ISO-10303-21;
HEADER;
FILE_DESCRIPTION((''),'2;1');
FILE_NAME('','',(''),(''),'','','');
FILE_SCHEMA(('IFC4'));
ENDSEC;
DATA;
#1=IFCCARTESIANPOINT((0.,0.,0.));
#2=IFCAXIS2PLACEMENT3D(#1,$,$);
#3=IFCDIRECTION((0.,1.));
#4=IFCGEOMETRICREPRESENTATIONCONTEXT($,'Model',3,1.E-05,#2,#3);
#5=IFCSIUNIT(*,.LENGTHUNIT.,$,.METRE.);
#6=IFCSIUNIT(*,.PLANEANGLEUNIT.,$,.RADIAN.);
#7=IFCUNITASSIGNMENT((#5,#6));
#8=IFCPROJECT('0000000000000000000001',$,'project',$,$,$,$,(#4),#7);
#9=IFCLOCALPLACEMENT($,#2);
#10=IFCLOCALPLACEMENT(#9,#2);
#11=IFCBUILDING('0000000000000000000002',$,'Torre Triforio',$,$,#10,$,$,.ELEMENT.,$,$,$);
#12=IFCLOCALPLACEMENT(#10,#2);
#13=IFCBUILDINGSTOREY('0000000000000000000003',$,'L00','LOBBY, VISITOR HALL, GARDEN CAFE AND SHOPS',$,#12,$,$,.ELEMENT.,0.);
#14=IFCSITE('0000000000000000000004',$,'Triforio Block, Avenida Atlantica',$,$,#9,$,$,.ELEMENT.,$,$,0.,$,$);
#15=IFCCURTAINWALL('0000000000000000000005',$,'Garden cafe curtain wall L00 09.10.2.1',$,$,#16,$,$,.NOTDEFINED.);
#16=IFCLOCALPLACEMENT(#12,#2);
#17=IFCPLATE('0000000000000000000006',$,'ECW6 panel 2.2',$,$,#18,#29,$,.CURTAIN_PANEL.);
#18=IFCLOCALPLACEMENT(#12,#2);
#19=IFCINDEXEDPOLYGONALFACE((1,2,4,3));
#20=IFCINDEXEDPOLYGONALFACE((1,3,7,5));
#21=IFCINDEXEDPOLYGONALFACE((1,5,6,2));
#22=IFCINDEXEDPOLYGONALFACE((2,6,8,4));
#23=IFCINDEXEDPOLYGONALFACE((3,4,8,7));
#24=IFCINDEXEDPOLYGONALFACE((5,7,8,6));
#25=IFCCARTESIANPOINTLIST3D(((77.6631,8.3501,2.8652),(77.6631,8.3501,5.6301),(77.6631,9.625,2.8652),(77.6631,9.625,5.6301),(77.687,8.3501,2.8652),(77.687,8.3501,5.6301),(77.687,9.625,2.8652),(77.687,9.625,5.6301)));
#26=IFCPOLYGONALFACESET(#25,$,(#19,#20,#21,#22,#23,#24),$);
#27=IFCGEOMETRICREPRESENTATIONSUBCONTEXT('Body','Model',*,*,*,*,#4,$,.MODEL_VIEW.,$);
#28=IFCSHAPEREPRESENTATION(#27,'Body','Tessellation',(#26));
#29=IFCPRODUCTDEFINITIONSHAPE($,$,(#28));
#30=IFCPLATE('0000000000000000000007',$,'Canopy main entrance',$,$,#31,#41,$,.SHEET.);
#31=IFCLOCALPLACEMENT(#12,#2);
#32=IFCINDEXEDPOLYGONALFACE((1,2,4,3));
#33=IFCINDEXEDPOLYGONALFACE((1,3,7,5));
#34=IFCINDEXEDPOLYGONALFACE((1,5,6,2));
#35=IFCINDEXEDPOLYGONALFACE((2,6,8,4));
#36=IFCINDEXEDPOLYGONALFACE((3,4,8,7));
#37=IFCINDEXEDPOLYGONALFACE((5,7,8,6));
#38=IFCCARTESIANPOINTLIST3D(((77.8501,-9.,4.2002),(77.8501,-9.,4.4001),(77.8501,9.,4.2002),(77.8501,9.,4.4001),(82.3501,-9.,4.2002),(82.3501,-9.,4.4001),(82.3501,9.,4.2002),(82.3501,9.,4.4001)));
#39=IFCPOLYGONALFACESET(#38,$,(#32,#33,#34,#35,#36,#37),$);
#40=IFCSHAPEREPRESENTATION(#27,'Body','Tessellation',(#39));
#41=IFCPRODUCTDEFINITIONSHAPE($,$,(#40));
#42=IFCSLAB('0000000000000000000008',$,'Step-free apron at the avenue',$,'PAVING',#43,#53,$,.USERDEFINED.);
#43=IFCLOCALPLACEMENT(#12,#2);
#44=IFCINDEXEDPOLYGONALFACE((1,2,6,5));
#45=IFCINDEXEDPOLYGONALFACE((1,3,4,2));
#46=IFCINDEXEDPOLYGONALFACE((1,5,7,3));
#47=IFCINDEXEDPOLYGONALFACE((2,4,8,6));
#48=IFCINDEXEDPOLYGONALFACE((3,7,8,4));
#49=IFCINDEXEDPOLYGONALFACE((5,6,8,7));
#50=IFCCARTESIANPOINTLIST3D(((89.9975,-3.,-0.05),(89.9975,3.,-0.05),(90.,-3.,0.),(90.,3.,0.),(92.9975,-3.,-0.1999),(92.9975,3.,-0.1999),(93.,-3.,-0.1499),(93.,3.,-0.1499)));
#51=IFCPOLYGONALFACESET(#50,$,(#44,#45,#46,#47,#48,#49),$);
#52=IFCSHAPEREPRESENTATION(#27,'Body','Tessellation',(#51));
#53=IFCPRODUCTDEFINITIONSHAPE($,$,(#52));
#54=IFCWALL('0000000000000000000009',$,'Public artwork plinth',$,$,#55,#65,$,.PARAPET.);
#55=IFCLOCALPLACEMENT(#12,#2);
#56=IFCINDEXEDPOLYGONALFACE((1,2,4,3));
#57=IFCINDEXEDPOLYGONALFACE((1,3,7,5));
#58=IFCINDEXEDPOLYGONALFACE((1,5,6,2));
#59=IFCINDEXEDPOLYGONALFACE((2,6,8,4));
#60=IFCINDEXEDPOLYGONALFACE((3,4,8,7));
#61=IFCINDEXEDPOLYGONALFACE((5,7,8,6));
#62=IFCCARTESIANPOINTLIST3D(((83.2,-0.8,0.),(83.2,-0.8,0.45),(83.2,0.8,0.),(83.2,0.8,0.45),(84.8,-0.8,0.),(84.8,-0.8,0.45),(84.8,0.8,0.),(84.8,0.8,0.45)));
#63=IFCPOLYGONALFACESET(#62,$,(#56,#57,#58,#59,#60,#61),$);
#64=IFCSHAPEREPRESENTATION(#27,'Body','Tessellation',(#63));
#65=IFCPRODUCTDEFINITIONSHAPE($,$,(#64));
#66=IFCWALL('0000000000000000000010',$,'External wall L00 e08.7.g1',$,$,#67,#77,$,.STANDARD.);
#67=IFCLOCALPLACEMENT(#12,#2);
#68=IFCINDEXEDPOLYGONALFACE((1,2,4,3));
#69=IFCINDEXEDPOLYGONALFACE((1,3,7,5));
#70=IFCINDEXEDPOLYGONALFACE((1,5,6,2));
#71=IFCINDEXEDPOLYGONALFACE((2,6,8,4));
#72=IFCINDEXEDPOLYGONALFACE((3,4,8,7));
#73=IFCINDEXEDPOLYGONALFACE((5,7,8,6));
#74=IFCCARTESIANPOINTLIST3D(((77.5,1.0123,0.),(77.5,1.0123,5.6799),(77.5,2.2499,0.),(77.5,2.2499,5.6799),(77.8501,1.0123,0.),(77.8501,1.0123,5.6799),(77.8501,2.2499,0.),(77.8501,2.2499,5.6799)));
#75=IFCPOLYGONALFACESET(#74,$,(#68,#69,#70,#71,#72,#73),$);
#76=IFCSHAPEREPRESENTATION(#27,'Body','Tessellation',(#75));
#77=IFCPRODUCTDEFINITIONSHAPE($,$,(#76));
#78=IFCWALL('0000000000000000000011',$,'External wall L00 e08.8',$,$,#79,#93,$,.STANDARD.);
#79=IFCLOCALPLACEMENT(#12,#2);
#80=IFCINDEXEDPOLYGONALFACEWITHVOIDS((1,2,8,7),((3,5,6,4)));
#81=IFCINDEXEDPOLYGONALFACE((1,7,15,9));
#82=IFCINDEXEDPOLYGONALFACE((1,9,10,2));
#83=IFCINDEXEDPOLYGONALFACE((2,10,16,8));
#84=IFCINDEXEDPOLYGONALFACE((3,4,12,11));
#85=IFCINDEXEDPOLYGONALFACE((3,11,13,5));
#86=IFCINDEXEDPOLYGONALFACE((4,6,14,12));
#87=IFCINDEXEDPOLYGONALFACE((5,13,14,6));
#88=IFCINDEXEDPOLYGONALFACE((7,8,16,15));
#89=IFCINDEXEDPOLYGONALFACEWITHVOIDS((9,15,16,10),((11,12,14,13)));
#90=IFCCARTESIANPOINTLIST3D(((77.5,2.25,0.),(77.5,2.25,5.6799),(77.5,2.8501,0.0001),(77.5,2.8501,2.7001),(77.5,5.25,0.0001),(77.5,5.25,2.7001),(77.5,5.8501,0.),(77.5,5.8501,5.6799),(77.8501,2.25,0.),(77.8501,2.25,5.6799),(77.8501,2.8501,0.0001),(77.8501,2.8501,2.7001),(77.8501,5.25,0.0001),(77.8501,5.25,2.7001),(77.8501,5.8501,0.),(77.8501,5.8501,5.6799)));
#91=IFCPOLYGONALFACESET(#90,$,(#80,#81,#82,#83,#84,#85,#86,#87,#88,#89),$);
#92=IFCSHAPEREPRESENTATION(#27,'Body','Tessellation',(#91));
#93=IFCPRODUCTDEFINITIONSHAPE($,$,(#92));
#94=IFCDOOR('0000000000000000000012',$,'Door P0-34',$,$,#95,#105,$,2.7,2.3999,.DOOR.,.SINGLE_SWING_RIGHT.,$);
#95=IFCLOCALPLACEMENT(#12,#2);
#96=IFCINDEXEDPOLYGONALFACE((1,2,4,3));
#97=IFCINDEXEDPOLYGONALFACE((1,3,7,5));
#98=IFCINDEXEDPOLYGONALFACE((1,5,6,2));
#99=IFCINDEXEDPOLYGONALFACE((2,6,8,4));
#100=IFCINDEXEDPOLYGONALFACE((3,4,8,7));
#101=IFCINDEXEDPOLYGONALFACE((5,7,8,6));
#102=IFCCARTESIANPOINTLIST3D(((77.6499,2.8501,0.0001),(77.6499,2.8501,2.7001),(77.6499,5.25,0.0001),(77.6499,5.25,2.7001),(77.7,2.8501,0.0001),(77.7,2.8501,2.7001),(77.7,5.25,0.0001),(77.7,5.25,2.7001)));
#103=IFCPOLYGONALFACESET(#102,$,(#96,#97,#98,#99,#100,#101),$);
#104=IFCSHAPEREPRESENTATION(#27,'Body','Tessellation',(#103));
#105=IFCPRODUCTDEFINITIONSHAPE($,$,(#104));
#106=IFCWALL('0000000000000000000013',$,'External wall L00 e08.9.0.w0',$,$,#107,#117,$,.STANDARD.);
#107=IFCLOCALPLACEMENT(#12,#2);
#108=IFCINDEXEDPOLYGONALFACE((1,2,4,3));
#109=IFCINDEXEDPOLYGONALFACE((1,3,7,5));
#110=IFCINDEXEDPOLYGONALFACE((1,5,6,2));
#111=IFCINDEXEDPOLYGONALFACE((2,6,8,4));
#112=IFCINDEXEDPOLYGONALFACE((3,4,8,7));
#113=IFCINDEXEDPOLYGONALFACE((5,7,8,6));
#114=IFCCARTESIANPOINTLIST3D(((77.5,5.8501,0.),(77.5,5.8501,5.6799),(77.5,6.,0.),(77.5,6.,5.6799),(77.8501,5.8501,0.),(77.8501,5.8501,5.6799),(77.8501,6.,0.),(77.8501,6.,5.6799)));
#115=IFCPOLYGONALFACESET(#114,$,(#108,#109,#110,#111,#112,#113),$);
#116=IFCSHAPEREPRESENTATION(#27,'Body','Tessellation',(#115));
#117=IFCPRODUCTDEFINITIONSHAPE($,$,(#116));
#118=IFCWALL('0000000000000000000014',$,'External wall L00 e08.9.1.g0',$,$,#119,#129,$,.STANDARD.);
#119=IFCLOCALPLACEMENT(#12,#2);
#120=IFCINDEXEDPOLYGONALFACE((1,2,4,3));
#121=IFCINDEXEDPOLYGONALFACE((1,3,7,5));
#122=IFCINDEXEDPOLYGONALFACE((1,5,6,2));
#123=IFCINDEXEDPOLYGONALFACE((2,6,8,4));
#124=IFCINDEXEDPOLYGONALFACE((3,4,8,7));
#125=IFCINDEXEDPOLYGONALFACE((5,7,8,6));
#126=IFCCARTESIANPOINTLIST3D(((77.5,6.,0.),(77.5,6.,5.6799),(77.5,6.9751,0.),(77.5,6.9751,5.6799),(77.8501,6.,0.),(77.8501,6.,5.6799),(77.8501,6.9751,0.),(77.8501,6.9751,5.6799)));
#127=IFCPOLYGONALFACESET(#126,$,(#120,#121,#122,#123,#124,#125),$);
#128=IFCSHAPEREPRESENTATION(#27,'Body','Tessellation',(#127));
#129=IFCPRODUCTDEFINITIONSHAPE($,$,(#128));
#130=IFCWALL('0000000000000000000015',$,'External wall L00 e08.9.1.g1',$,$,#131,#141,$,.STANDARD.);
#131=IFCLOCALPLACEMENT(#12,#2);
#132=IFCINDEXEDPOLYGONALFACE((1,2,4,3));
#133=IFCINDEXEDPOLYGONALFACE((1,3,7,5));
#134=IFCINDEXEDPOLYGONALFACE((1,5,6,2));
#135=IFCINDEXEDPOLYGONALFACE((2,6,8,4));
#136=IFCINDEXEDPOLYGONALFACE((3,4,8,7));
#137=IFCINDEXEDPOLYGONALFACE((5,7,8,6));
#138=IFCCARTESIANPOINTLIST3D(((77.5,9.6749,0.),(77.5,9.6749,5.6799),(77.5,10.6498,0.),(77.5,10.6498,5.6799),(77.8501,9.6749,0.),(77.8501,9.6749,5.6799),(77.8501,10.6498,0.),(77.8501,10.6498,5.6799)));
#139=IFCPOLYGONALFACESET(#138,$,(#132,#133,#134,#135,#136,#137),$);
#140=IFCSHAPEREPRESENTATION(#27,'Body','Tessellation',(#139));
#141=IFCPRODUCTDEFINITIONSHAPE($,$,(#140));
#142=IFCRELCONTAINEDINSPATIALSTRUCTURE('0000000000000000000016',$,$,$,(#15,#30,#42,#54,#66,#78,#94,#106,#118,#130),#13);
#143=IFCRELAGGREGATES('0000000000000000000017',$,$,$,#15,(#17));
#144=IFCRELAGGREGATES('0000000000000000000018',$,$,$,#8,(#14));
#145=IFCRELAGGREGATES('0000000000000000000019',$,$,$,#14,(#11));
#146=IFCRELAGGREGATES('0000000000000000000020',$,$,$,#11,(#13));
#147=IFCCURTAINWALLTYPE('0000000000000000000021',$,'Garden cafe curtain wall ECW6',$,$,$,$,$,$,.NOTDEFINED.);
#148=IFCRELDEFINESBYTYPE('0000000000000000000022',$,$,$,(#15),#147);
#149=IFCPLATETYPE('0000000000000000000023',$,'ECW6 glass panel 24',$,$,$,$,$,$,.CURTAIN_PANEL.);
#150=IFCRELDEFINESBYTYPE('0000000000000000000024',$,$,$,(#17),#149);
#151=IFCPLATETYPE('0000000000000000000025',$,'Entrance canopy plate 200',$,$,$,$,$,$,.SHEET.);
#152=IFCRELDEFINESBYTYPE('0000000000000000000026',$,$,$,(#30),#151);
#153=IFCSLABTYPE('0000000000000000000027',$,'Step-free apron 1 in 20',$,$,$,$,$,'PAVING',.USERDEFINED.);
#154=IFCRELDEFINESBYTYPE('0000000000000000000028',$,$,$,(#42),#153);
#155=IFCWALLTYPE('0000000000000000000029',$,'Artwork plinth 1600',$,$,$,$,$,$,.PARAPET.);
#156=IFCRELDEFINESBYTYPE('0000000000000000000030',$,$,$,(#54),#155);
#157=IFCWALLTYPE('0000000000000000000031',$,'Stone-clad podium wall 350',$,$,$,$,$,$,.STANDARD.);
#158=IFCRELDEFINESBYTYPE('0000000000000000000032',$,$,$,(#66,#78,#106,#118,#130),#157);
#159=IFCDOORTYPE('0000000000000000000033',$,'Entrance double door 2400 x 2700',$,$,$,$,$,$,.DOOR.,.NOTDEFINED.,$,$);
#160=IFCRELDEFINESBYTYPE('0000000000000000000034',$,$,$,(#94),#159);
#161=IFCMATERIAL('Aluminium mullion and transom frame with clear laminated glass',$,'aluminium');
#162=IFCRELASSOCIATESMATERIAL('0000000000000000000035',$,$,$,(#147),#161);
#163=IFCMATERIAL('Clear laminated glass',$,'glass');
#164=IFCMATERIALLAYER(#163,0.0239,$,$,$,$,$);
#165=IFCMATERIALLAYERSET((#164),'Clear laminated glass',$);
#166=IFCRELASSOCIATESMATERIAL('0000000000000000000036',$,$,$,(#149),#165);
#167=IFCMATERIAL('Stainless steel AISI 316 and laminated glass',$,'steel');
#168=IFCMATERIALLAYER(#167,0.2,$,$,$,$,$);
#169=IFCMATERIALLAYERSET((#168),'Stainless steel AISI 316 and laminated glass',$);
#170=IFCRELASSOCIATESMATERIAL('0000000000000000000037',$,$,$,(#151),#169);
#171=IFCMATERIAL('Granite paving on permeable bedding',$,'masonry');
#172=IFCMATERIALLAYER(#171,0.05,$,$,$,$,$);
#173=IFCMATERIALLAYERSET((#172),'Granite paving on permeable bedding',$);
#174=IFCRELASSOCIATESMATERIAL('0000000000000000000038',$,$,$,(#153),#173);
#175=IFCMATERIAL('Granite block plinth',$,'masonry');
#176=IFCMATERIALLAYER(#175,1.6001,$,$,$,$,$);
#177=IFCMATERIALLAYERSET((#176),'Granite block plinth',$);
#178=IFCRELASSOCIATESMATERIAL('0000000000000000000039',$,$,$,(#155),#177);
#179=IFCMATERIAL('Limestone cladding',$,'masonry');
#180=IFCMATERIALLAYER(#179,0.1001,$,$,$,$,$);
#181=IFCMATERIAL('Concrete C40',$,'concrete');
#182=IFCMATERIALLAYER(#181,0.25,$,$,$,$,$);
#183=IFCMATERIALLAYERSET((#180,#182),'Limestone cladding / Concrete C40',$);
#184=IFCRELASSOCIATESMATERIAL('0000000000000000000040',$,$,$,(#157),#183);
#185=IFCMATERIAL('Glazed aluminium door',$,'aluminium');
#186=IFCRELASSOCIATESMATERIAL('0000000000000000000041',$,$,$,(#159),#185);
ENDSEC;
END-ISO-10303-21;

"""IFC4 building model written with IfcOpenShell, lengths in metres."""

from ifc_helpers import new_model, si_unit, direction, frame, frame_2d, origin, origin_2d, place, context, subcontext, project, spatial, polyline, rectangle, outline, extrude, material, layer, layer_set, type_object, element, fill, aggregate, save


model = new_model("IFC4")

# Units and contexts
model_context = context("Model", 3, precision=1e-05, world=origin(), true_north=direction((0.0, 1.0)))
body_context = subcontext(model_context, "Body", "Model", "MODEL_VIEW")
ifc_project = project(units=[si_unit("LENGTHUNIT", "METRE"), si_unit("PLANEANGLEUNIT", "RADIAN")], contexts=[model_context])

# Site, building, storey
site_placement = place(None, origin())
site = spatial("IfcSite", under=ifc_project, at=site_placement, Name="Triforio Block, Avenida Atlantica", CompositionType="ELEMENT", RefElevation=0.0)
building_placement = place(site_placement, origin())
building = spatial("IfcBuilding", under=site, at=building_placement, Name="Torre Triforio", CompositionType="ELEMENT")
storey_placement = place(building_placement, origin())
storey = spatial("IfcBuildingStorey", under=building, at=storey_placement, Name="L00", Description="LOBBY, VISITOR HALL, GARDEN CAFE AND SHOPS", CompositionType="ELEMENT", Elevation=0.0)

# Shared definitions
ifc_material_1 = material(Name="Aluminium mullion and transom frame with clear laminated glass", Category="aluminium")

# Curtain wall
curtain_wall_type_1 = type_object("IfcCurtainWallType", Name="Garden cafe curtain wall ECW6", PredefinedType="NOTDEFINED", material=ifc_material_1)
curtain_wall_1_placement = place(storey_placement, origin())
curtain_wall_1 = element("IfcCurtainWall", 1, at=curtain_wall_1_placement, inside=storey, type_object=curtain_wall_type_1, Name="Garden cafe curtain wall L00 09.10.2.1", PredefinedType="NOTDEFINED")

# Plates
ifc_material_2 = material(Name="Clear laminated glass", Category="glass")
ifc_layer_1 = layer(ifc_material_2, 0.0239)
ifc_layer_set_1 = layer_set([ifc_layer_1], Name="Clear laminated glass")
plate_type_1 = type_object("IfcPlateType", Name="ECW6 glass panel 24", PredefinedType="CURTAIN_PANEL", material=ifc_layer_set_1)
plate_1_placement = place(storey_placement, frame((77.675, 8.9875, 2.8652), z_axis=(0.0, 0.0, 1.0), x_axis=(0.0, 1.0, 0.0)))
plate_1 = element("IfcPlate", 2, at=plate_1_placement, type_object=plate_type_1, Name="ECW6 panel 2.2", PredefinedType="CURTAIN_PANEL", context=body_context, shape_type="SweptSolid", body=[
    extrude(rectangle(XDim=1.2749, YDim=0.0239, at=origin_2d()), origin(), (0.0, 0.0, 1.0), 2.7649),
])
aggregate(curtain_wall_1, [plate_1])
ifc_material_3 = material(Name="Stainless steel AISI 316 and laminated glass", Category="steel")
ifc_layer_2 = layer(ifc_material_3, 0.2)
ifc_layer_set_2 = layer_set([ifc_layer_2], Name="Stainless steel AISI 316 and laminated glass")
plate_type_2 = type_object("IfcPlateType", Name="Entrance canopy plate 200", PredefinedType="SHEET", material=ifc_layer_set_2)
plate_2_placement = place(storey_placement, frame((80.1001, 0.0, 4.2002), z_axis=(0.0, 0.0, 1.0), x_axis=(1.0, 0.0, 0.0)))
element("IfcPlate", 3, at=plate_2_placement, inside=storey, type_object=plate_type_2, Name="Canopy main entrance", PredefinedType="SHEET", context=body_context, shape_type="SweptSolid", body=[
    extrude(rectangle(XDim=4.5, YDim=18.0, at=origin_2d()), origin(), (0.0, 0.0, 1.0), 0.2),
])

# Slab
ifc_material_4 = material(Name="Granite paving on permeable bedding", Category="masonry")
ifc_layer_3 = layer(ifc_material_4, 0.05)
ifc_layer_set_3 = layer_set([ifc_layer_3], Name="Granite paving on permeable bedding")
slab_type = type_object("IfcSlabType", Name="Step-free apron 1 in 20", ElementType="PAVING", PredefinedType="USERDEFINED", material=ifc_layer_set_3)
slab_placement = place(storey_placement, frame((90.0, -3.0, 0.0), z_axis=(0.049905, 0.0, 0.998754), x_axis=(0.998754, 0.0, -0.049905)))
element("IfcSlab", 4, at=slab_placement, inside=storey, type_object=slab_type, Name="Step-free apron at the avenue", ObjectType="PAVING", PredefinedType="USERDEFINED", context=body_context, shape_type="SweptSolid", body=[
    extrude(outline(polyline([(0.0, 0.0), (3.0037, 0.0), (3.0037, 6.0), (0.0, 6.0), (0.0, 0.0)])), origin(), (0.0, 0.0, -1.0), 0.05),
])

# Walls
ifc_material_5 = material(Name="Granite block plinth", Category="masonry")
ifc_layer_4 = layer(ifc_material_5, 1.6001)
ifc_layer_set_4 = layer_set([ifc_layer_4], Name="Granite block plinth")
wall_type_1 = type_object("IfcWallType", Name="Artwork plinth 1600", PredefinedType="PARAPET", material=ifc_layer_set_4)
wall_1_placement = place(storey_placement, frame((83.2, 0.0, 0.0), z_axis=(0.0, 0.0, 1.0), x_axis=(1.0, 0.0, 0.0)))
element("IfcWall", 5, at=wall_1_placement, inside=storey, type_object=wall_type_1, Name="Public artwork plinth", PredefinedType="PARAPET", context=body_context, shape_type="SweptSolid", body=[
    extrude(rectangle(XDim=1.6001, YDim=1.6001, at=frame_2d((0.8, 0.0))), origin(), (0.0, 0.0, 1.0), 0.45),
])
ifc_material_6 = material(Name="Limestone cladding", Category="masonry")
ifc_layer_5 = layer(ifc_material_6, 0.1001)
ifc_material_7 = material(Name="Concrete C40", Category="concrete")
ifc_layer_6 = layer(ifc_material_7, 0.25)
ifc_layer_set_5 = layer_set([ifc_layer_5, ifc_layer_6], Name="Limestone cladding / Concrete C40")
wall_type_2 = type_object("IfcWallType", Name="Stone-clad podium wall 350", PredefinedType="STANDARD", material=ifc_layer_set_5)
wall_2_placement = place(storey_placement, frame((77.675, 1.0125, 0.0), z_axis=(0.0, 0.0, 1.0), x_axis=(0.0, 1.0, 0.0)))
element("IfcWall", 6, at=wall_2_placement, inside=storey, type_object=wall_type_2, Name="External wall L00 e08.7.g1", PredefinedType="STANDARD", context=body_context, shape_type="SweptSolid", body=[
    extrude(rectangle(XDim=1.2375, YDim=0.3501, at=frame_2d((0.6187, 0.0))), origin(), (0.0, 0.0, 1.0), 5.6799),
])

# Wall, opening, door
wall_3_placement = place(storey_placement, frame((77.675, 2.25, 0.0), z_axis=(0.0, 0.0, 1.0), x_axis=(0.0, 1.0, 0.0)))
wall_3 = element("IfcWall", 7, at=wall_3_placement, inside=storey, type_object=wall_type_2, Name="External wall L00 e08.8", PredefinedType="STANDARD", context=body_context, shape_type="SweptSolid", body=[
    extrude(rectangle(XDim=3.6001, YDim=0.3501, at=frame_2d((1.8, 0.0))), origin(), (0.0, 0.0, 1.0), 5.6799),
])
opening_placement = place(wall_3_placement, frame((0.6001, 0.0, 0.0)))
opening = element("IfcOpeningElement", 8, at=opening_placement, cuts=wall_3, PredefinedType="OPENING", context=body_context, shape_type="SweptSolid", body=[
    extrude(rectangle(XDim=2.3999, YDim=2.7, at=frame_2d((1.2, 1.3501))), frame((0.0, 0.1851, 0.0), z_axis=(0.0, -1.0, 0.0), x_axis=(1.0, 0.0, 0.0)), (0.0, 0.0, 1.0), 0.3701),
])
ifc_material_8 = material(Name="Glazed aluminium door", Category="aluminium")
door_type = type_object("IfcDoorType", Name="Entrance double door 2400 x 2700", OperationType="NOTDEFINED", PredefinedType="DOOR", material=ifc_material_8)
door_placement = place(opening_placement, frame((2.3999, 0.0, 0.0), z_axis=(0.0, 0.0, 1.0), x_axis=(-1.0, 0.0, 0.0)))
door = element("IfcDoor", 9, at=door_placement, inside=storey, type_object=door_type, Name="Door P0-34", OperationType="SINGLE_SWING_RIGHT", OverallHeight=2.7, OverallWidth=2.3999, PredefinedType="DOOR", context=body_context, shape_type="SweptSolid", body=[
    extrude(rectangle(XDim=2.3999, YDim=2.7, at=frame_2d((1.2, 1.3501))), frame((0.0, 0.0249, 0.0), z_axis=(0.0, -1.0, 0.0), x_axis=(1.0, 0.0, 0.0)), (0.0, 0.0, 1.0), 0.05),
])
fill(opening, door)

# Walls
wall_4_placement = place(storey_placement, frame((77.675, 5.8501, 0.0), z_axis=(0.0, 0.0, 1.0), x_axis=(0.0, 1.0, 0.0)))
element("IfcWall", 10, at=wall_4_placement, inside=storey, type_object=wall_type_2, Name="External wall L00 e08.9.0.w0", PredefinedType="STANDARD", context=body_context, shape_type="SweptSolid", body=[
    extrude(rectangle(XDim=0.1499, YDim=0.3501, at=frame_2d((0.075, 0.0))), origin(), (0.0, 0.0, 1.0), 5.6799),
])
wall_5_placement = place(storey_placement, frame((77.675, 6.0, 0.0), z_axis=(0.0, 0.0, 1.0), x_axis=(0.0, 1.0, 0.0)))
element("IfcWall", 11, at=wall_5_placement, inside=storey, type_object=wall_type_2, Name="External wall L00 e08.9.1.g0", PredefinedType="STANDARD", context=body_context, shape_type="SweptSolid", body=[
    extrude(rectangle(XDim=0.9751, YDim=0.3501, at=frame_2d((0.4875, 0.0))), origin(), (0.0, 0.0, 1.0), 5.6799),
])
wall_6_placement = place(storey_placement, frame((77.675, 9.675, 0.0), z_axis=(0.0, 0.0, 1.0), x_axis=(0.0, 1.0, 0.0)))
element("IfcWall", 12, at=wall_6_placement, inside=storey, type_object=wall_type_2, Name="External wall L00 e08.9.1.g1", PredefinedType="STANDARD", context=body_context, shape_type="SweptSolid", body=[
    extrude(rectangle(XDim=0.9749, YDim=0.3501, at=frame_2d((0.4873, 0.0))), origin(), (0.0, 0.0, 1.0), 5.6799),
])

save(model, "model.ifc")
